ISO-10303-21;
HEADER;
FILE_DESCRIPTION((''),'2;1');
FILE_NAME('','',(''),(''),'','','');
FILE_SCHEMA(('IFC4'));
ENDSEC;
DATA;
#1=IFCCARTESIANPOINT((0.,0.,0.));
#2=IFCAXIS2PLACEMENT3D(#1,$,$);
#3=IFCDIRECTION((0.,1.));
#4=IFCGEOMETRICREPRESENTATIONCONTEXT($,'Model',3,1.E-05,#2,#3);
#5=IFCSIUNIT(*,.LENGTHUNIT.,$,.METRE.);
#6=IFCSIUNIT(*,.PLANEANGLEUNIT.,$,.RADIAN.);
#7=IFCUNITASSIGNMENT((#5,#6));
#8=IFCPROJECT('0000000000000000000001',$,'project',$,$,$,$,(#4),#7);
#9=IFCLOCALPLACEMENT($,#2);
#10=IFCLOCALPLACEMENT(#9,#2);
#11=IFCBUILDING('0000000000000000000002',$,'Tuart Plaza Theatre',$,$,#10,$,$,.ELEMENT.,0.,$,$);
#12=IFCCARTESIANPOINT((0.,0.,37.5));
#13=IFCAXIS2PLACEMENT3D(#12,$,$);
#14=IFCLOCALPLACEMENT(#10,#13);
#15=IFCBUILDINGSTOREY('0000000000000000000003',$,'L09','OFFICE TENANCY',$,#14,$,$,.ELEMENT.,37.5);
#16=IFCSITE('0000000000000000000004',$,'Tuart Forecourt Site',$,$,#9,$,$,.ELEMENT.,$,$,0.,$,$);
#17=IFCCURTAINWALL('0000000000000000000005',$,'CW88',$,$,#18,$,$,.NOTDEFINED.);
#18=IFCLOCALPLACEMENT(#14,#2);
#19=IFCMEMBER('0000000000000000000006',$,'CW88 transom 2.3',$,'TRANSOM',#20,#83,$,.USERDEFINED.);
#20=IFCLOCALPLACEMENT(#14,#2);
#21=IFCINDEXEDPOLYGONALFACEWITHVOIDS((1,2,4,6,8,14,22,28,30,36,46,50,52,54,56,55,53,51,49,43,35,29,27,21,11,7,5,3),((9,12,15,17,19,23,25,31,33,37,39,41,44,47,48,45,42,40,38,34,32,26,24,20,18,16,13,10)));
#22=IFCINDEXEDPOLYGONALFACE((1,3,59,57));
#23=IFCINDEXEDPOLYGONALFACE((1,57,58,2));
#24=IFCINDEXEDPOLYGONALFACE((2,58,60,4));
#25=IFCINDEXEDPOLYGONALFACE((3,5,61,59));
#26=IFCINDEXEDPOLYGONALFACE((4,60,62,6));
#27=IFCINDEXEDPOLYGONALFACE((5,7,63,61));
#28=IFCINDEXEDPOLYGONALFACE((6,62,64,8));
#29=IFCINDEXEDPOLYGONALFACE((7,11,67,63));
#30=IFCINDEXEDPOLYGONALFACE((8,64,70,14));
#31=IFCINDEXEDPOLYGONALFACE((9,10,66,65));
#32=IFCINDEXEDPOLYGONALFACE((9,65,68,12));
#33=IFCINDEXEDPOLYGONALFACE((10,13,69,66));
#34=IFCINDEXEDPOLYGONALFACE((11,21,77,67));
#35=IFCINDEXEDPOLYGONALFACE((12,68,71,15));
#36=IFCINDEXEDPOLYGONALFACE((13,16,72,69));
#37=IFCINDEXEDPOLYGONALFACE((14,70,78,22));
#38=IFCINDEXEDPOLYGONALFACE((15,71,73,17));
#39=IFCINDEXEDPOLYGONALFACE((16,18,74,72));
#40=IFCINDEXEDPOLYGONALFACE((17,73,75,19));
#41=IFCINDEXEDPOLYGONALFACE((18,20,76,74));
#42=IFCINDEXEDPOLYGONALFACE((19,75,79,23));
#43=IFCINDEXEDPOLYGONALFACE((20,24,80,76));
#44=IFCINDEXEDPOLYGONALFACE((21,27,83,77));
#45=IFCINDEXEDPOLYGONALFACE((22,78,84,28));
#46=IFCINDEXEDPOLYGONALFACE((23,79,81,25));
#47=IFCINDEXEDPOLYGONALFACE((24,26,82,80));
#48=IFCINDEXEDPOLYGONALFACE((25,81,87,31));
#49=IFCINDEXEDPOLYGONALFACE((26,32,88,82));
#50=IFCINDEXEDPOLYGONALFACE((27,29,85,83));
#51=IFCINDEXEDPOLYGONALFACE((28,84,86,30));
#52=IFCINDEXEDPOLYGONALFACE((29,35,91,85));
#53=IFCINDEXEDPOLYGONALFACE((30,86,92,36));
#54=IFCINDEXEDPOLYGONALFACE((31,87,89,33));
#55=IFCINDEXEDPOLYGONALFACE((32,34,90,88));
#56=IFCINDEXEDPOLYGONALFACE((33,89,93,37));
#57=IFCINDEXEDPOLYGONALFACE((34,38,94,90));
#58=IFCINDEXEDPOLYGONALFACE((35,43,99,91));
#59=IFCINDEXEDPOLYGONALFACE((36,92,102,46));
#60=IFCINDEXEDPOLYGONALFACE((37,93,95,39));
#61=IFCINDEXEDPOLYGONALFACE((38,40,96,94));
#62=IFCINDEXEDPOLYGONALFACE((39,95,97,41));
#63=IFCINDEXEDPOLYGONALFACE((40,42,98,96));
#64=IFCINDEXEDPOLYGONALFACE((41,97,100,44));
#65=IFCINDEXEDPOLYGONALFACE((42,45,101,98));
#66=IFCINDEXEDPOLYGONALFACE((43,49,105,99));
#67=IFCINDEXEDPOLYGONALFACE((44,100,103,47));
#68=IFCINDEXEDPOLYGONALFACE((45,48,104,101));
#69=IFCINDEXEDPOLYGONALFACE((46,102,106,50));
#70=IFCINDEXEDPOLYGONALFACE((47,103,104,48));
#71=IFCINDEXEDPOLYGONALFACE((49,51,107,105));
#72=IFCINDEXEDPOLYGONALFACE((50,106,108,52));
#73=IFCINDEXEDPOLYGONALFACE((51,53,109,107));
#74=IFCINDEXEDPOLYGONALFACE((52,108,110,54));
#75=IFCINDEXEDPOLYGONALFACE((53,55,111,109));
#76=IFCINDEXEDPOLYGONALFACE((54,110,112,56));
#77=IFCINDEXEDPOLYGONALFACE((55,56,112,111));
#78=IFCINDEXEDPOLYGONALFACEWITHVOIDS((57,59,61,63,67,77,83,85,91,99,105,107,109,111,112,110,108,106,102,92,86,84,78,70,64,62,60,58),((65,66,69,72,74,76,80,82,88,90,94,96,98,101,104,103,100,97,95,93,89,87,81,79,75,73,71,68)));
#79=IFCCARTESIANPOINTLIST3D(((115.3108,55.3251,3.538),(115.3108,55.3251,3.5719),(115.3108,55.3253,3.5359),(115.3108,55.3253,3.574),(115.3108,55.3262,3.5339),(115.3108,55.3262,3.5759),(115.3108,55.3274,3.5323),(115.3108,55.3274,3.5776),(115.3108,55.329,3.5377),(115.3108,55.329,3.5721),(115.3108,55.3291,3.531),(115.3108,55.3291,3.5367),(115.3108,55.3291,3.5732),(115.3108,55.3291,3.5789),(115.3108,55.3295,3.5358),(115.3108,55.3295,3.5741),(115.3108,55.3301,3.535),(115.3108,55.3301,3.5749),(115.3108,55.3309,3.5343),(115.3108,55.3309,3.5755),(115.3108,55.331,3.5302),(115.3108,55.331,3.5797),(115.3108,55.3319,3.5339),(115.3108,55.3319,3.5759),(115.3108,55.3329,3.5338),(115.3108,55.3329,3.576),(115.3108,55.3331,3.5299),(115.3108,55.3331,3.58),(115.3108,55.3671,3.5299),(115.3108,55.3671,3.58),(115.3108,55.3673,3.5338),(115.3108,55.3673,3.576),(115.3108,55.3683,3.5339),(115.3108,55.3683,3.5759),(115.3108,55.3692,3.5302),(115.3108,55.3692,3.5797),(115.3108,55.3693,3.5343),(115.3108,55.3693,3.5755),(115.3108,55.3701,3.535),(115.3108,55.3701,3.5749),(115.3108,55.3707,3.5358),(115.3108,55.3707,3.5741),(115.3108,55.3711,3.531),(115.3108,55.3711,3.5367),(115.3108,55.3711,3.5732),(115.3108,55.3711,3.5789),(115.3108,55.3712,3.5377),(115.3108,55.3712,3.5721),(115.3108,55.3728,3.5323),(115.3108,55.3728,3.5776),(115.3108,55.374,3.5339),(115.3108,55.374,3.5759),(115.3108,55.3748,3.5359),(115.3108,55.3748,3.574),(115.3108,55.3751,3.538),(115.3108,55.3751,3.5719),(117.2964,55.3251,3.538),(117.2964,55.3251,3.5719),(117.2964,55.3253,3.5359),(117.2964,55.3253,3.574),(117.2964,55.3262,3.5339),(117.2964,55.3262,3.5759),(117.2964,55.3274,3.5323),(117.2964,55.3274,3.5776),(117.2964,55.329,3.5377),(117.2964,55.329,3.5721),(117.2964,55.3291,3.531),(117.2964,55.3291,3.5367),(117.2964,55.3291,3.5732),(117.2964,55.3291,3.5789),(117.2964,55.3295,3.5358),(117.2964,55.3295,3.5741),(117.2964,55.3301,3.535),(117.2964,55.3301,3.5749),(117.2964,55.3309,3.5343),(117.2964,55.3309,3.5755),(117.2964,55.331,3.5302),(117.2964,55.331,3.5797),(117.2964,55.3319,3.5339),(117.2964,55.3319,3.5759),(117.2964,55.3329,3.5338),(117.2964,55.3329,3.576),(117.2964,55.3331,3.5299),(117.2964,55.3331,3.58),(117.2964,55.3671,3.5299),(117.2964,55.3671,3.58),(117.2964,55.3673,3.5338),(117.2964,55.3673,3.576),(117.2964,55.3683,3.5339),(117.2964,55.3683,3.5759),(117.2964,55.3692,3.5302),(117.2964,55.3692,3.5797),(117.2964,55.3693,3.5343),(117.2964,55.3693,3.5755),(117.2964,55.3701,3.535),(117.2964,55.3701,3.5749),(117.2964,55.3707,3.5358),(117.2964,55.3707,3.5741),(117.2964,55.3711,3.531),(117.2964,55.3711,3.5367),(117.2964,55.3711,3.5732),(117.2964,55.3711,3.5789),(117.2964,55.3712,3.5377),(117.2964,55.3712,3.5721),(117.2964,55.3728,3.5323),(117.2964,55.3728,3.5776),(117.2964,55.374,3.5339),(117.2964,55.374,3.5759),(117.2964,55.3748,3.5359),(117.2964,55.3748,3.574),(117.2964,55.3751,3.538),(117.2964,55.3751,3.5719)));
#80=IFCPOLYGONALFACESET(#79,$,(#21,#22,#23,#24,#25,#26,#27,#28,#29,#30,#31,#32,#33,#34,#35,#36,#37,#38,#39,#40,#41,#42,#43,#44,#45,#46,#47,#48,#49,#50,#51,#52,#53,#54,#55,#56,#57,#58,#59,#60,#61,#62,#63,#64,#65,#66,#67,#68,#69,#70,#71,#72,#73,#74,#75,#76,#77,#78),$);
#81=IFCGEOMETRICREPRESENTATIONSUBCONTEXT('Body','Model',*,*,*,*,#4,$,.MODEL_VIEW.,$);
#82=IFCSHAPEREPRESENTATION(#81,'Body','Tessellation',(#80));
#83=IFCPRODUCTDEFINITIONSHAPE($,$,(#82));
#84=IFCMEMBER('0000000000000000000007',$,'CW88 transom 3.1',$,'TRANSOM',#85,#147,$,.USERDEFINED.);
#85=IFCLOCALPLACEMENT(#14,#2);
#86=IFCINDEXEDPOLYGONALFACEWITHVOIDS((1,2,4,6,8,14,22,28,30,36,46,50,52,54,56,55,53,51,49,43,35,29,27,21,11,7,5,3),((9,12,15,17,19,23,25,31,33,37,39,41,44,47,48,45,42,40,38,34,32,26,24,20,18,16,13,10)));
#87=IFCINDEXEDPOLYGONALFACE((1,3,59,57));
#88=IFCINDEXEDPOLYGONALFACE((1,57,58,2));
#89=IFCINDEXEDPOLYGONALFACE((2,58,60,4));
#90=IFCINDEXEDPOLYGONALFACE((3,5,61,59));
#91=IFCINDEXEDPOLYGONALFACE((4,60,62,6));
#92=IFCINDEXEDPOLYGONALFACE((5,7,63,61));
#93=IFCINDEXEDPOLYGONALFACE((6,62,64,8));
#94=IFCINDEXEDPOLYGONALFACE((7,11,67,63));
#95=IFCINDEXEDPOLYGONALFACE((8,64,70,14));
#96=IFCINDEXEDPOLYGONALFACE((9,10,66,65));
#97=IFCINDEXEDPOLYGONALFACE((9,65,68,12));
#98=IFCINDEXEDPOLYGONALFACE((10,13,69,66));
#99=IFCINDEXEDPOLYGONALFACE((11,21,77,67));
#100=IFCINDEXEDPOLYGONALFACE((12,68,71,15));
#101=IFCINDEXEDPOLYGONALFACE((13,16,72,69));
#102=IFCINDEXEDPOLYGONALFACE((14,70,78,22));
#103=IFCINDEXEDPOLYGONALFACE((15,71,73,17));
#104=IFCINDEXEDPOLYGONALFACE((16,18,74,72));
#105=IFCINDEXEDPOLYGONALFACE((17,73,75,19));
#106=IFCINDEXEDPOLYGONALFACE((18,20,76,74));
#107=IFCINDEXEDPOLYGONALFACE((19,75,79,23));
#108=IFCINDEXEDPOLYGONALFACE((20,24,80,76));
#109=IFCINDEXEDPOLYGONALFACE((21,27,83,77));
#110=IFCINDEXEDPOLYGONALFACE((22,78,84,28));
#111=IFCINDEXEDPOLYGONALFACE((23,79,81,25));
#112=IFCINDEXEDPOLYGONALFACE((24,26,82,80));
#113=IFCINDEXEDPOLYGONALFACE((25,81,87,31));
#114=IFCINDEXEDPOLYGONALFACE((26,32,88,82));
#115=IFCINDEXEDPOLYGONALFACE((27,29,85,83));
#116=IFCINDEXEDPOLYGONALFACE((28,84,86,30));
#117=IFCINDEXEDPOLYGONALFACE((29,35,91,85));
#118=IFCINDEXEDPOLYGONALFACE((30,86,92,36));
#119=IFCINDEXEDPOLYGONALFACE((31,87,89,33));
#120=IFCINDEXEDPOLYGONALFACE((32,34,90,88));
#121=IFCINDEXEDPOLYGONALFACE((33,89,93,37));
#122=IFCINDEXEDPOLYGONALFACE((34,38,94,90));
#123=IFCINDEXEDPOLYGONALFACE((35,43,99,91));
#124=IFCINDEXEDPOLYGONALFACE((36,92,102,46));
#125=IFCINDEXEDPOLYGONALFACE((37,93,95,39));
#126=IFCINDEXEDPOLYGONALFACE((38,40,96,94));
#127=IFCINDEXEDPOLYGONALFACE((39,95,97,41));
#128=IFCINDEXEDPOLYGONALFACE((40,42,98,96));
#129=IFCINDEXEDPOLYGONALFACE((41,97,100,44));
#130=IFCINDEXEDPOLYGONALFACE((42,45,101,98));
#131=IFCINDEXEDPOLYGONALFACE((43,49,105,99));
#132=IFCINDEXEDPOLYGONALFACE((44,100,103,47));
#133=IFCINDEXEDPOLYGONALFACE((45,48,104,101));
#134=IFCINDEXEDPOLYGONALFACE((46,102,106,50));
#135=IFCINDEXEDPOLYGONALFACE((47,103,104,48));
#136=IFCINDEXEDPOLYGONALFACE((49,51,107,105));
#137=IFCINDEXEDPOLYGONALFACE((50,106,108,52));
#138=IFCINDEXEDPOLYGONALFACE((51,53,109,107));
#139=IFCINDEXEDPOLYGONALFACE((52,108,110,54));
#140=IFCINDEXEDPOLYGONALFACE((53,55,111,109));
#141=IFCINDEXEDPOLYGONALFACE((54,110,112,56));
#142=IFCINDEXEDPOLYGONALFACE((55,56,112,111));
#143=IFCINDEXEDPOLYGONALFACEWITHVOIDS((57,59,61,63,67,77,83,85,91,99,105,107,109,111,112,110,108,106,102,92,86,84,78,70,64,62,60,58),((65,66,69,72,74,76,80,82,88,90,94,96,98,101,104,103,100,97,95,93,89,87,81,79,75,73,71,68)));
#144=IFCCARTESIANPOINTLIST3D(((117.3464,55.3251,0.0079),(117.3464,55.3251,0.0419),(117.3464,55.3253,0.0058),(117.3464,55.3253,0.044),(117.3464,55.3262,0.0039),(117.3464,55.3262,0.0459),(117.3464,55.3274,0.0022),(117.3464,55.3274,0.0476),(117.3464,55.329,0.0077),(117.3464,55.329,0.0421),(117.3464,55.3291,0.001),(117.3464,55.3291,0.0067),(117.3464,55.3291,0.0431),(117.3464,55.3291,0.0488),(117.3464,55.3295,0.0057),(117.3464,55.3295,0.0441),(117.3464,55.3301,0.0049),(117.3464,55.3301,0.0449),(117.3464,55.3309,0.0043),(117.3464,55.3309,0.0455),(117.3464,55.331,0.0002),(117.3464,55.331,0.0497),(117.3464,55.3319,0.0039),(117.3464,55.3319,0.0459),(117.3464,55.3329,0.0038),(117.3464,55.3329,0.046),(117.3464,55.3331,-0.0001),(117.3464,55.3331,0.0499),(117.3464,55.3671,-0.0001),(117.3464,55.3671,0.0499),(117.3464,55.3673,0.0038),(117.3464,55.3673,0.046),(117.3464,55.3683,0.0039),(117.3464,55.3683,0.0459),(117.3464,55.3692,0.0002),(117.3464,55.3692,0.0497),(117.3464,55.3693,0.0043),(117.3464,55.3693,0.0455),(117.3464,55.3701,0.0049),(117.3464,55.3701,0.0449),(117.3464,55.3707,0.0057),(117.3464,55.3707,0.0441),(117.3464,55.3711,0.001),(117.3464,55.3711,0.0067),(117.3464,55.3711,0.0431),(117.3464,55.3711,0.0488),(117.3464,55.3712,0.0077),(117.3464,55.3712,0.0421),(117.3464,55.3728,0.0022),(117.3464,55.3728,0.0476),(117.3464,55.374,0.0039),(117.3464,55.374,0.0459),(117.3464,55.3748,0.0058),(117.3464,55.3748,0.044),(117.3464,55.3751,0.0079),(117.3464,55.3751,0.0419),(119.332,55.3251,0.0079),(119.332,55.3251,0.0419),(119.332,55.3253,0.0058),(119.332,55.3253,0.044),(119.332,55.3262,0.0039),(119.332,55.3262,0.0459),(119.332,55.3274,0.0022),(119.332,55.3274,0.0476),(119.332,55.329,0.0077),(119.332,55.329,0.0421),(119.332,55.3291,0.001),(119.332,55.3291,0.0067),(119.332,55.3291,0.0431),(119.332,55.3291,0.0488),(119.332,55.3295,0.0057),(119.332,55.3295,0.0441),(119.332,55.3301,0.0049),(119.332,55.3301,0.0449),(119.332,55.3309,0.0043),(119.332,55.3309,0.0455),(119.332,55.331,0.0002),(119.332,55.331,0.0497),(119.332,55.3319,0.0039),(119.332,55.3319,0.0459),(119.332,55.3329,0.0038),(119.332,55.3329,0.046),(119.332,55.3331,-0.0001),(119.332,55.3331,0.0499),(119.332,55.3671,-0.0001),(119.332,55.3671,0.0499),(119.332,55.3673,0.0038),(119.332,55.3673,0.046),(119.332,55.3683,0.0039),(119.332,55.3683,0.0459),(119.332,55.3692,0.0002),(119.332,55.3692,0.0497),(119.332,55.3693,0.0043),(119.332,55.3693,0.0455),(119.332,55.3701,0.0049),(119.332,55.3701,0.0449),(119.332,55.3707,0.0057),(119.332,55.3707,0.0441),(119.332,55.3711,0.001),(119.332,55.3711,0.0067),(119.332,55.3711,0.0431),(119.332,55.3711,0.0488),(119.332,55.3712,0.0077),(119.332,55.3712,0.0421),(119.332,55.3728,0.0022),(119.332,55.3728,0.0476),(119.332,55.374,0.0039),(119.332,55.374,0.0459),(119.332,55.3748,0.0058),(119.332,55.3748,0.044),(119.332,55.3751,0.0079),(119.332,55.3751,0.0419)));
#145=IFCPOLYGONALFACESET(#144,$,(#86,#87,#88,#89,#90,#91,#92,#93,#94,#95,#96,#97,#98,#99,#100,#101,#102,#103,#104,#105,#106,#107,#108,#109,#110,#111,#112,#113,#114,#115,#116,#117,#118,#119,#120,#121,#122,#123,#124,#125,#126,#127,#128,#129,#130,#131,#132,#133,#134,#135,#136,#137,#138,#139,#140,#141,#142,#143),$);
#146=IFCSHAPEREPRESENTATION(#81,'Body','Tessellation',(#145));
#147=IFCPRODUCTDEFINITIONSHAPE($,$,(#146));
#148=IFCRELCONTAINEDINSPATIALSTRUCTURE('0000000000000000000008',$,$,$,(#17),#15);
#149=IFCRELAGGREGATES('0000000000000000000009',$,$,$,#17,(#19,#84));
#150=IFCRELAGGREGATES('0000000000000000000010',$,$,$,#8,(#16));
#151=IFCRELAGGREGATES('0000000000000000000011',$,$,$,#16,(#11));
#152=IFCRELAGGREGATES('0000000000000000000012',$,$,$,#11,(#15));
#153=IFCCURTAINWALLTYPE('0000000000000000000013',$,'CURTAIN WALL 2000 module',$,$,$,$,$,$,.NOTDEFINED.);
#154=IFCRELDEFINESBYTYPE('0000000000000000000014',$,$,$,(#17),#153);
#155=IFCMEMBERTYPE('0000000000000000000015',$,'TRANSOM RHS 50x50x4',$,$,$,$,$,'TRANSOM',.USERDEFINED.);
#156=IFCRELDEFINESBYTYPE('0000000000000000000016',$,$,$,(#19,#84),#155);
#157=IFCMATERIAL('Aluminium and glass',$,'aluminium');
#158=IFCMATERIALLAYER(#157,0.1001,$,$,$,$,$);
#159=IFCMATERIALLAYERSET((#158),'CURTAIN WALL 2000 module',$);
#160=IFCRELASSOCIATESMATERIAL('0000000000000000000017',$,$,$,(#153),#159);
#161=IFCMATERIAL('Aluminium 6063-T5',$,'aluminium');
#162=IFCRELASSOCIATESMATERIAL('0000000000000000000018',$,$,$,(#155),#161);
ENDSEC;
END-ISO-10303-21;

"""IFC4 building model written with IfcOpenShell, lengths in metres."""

from ifc_helpers import new_model, si_unit, direction, frame, origin, origin_2d, place, context, subcontext, project, spatial, hollow_rectangle, extrude, material, layer, layer_set, material_profile, profile_set, type_object, element, aggregate, save


model = new_model("IFC4")

# Units and contexts
model_context = context("Model", 3, precision=1e-05, world=origin(), true_north=direction((0.0, 1.0)))
body_context = subcontext(model_context, "Body", "Model", "MODEL_VIEW")
ifc_project = project(units=[si_unit("LENGTHUNIT", "METRE"), si_unit("PLANEANGLEUNIT", "RADIAN")], contexts=[model_context])

# Site, building, storey
site_placement = place(None, origin())
site = spatial("IfcSite", under=ifc_project, at=site_placement, Name="Tuart Forecourt Site", CompositionType="ELEMENT", RefElevation=0.0)
building_placement = place(site_placement, origin())
building = spatial("IfcBuilding", under=site, at=building_placement, Name="Tuart Plaza Theatre", CompositionType="ELEMENT", ElevationOfRefHeight=0.0)
storey_placement = place(building_placement, frame((0.0, 0.0, 37.5)))
storey = spatial("IfcBuildingStorey", under=building, at=storey_placement, Name="L09", Description="OFFICE TENANCY", CompositionType="ELEMENT", Elevation=37.5)

# Curtain wall, members
ifc_material_1 = material(Name="Aluminium and glass", Category="aluminium")
ifc_layer_1 = layer(ifc_material_1, 0.1001)
ifc_layer_set_1 = layer_set([ifc_layer_1], Name="CURTAIN WALL 2000 module")
curtain_wall_type = type_object("IfcCurtainWallType", Name="CURTAIN WALL 2000 module", PredefinedType="NOTDEFINED", material=ifc_layer_set_1)
curtain_wall_placement = place(storey_placement, origin())
curtain_wall = element("IfcCurtainWall", 1, at=curtain_wall_placement, inside=storey, type_object=curtain_wall_type, Name="CW88", PredefinedType="NOTDEFINED")
ifc_material_2 = material(Name="Aluminium 6063-T5", Category="aluminium")
ifc_material_profile_1 = material_profile(ifc_material_2, hollow_rectangle(XDim=0.05, YDim=0.05, WallThickness=0.0039, InnerFilletRadius=0.0039, OuterFilletRadius=0.0081, at=origin_2d()), Name="RHS 50x50x4")
ifc_profile_set_1 = profile_set([ifc_material_profile_1], Name="Aluminium 6063-T5")
member_type_1 = type_object("IfcMemberType", Name="TRANSOM RHS 50x50x4", ElementType="TRANSOM", PredefinedType="USERDEFINED", material=ifc_profile_set_1)
member_1_placement = place(storey_placement, frame((115.3108, 55.3501, 3.5549), z_axis=(1.0, 0.0, 0.0), x_axis=(0.0, 1.0, 0.0)))
member_1 = element("IfcMember", 2, at=member_1_placement, type_object=member_type_1, Name="CW88 transom 2.3", ObjectType="TRANSOM", PredefinedType="USERDEFINED", context=body_context, shape_type="SweptSolid", body=[
    extrude(hollow_rectangle(XDim=0.05, YDim=0.05, WallThickness=0.0039, InnerFilletRadius=0.0039, OuterFilletRadius=0.0081, at=origin_2d()), origin(), (0.0, 0.0, 1.0), 1.9856),
])
member_2_placement = place(storey_placement, frame((117.3464, 55.3501, 0.0249), z_axis=(1.0, 0.0, 0.0), x_axis=(0.0, 1.0, 0.0)))
member_2 = element("IfcMember", 3, at=member_2_placement, type_object=member_type_1, Name="CW88 transom 3.1", ObjectType="TRANSOM", PredefinedType="USERDEFINED", context=body_context, shape_type="SweptSolid", body=[
    extrude(hollow_rectangle(XDim=0.05, YDim=0.05, WallThickness=0.0039, InnerFilletRadius=0.0039, OuterFilletRadius=0.0081, at=origin_2d()), origin(), (0.0, 0.0, 1.0), 1.9856),
])
aggregate(curtain_wall, [member_1, member_2])

save(model, "model.ifc")
